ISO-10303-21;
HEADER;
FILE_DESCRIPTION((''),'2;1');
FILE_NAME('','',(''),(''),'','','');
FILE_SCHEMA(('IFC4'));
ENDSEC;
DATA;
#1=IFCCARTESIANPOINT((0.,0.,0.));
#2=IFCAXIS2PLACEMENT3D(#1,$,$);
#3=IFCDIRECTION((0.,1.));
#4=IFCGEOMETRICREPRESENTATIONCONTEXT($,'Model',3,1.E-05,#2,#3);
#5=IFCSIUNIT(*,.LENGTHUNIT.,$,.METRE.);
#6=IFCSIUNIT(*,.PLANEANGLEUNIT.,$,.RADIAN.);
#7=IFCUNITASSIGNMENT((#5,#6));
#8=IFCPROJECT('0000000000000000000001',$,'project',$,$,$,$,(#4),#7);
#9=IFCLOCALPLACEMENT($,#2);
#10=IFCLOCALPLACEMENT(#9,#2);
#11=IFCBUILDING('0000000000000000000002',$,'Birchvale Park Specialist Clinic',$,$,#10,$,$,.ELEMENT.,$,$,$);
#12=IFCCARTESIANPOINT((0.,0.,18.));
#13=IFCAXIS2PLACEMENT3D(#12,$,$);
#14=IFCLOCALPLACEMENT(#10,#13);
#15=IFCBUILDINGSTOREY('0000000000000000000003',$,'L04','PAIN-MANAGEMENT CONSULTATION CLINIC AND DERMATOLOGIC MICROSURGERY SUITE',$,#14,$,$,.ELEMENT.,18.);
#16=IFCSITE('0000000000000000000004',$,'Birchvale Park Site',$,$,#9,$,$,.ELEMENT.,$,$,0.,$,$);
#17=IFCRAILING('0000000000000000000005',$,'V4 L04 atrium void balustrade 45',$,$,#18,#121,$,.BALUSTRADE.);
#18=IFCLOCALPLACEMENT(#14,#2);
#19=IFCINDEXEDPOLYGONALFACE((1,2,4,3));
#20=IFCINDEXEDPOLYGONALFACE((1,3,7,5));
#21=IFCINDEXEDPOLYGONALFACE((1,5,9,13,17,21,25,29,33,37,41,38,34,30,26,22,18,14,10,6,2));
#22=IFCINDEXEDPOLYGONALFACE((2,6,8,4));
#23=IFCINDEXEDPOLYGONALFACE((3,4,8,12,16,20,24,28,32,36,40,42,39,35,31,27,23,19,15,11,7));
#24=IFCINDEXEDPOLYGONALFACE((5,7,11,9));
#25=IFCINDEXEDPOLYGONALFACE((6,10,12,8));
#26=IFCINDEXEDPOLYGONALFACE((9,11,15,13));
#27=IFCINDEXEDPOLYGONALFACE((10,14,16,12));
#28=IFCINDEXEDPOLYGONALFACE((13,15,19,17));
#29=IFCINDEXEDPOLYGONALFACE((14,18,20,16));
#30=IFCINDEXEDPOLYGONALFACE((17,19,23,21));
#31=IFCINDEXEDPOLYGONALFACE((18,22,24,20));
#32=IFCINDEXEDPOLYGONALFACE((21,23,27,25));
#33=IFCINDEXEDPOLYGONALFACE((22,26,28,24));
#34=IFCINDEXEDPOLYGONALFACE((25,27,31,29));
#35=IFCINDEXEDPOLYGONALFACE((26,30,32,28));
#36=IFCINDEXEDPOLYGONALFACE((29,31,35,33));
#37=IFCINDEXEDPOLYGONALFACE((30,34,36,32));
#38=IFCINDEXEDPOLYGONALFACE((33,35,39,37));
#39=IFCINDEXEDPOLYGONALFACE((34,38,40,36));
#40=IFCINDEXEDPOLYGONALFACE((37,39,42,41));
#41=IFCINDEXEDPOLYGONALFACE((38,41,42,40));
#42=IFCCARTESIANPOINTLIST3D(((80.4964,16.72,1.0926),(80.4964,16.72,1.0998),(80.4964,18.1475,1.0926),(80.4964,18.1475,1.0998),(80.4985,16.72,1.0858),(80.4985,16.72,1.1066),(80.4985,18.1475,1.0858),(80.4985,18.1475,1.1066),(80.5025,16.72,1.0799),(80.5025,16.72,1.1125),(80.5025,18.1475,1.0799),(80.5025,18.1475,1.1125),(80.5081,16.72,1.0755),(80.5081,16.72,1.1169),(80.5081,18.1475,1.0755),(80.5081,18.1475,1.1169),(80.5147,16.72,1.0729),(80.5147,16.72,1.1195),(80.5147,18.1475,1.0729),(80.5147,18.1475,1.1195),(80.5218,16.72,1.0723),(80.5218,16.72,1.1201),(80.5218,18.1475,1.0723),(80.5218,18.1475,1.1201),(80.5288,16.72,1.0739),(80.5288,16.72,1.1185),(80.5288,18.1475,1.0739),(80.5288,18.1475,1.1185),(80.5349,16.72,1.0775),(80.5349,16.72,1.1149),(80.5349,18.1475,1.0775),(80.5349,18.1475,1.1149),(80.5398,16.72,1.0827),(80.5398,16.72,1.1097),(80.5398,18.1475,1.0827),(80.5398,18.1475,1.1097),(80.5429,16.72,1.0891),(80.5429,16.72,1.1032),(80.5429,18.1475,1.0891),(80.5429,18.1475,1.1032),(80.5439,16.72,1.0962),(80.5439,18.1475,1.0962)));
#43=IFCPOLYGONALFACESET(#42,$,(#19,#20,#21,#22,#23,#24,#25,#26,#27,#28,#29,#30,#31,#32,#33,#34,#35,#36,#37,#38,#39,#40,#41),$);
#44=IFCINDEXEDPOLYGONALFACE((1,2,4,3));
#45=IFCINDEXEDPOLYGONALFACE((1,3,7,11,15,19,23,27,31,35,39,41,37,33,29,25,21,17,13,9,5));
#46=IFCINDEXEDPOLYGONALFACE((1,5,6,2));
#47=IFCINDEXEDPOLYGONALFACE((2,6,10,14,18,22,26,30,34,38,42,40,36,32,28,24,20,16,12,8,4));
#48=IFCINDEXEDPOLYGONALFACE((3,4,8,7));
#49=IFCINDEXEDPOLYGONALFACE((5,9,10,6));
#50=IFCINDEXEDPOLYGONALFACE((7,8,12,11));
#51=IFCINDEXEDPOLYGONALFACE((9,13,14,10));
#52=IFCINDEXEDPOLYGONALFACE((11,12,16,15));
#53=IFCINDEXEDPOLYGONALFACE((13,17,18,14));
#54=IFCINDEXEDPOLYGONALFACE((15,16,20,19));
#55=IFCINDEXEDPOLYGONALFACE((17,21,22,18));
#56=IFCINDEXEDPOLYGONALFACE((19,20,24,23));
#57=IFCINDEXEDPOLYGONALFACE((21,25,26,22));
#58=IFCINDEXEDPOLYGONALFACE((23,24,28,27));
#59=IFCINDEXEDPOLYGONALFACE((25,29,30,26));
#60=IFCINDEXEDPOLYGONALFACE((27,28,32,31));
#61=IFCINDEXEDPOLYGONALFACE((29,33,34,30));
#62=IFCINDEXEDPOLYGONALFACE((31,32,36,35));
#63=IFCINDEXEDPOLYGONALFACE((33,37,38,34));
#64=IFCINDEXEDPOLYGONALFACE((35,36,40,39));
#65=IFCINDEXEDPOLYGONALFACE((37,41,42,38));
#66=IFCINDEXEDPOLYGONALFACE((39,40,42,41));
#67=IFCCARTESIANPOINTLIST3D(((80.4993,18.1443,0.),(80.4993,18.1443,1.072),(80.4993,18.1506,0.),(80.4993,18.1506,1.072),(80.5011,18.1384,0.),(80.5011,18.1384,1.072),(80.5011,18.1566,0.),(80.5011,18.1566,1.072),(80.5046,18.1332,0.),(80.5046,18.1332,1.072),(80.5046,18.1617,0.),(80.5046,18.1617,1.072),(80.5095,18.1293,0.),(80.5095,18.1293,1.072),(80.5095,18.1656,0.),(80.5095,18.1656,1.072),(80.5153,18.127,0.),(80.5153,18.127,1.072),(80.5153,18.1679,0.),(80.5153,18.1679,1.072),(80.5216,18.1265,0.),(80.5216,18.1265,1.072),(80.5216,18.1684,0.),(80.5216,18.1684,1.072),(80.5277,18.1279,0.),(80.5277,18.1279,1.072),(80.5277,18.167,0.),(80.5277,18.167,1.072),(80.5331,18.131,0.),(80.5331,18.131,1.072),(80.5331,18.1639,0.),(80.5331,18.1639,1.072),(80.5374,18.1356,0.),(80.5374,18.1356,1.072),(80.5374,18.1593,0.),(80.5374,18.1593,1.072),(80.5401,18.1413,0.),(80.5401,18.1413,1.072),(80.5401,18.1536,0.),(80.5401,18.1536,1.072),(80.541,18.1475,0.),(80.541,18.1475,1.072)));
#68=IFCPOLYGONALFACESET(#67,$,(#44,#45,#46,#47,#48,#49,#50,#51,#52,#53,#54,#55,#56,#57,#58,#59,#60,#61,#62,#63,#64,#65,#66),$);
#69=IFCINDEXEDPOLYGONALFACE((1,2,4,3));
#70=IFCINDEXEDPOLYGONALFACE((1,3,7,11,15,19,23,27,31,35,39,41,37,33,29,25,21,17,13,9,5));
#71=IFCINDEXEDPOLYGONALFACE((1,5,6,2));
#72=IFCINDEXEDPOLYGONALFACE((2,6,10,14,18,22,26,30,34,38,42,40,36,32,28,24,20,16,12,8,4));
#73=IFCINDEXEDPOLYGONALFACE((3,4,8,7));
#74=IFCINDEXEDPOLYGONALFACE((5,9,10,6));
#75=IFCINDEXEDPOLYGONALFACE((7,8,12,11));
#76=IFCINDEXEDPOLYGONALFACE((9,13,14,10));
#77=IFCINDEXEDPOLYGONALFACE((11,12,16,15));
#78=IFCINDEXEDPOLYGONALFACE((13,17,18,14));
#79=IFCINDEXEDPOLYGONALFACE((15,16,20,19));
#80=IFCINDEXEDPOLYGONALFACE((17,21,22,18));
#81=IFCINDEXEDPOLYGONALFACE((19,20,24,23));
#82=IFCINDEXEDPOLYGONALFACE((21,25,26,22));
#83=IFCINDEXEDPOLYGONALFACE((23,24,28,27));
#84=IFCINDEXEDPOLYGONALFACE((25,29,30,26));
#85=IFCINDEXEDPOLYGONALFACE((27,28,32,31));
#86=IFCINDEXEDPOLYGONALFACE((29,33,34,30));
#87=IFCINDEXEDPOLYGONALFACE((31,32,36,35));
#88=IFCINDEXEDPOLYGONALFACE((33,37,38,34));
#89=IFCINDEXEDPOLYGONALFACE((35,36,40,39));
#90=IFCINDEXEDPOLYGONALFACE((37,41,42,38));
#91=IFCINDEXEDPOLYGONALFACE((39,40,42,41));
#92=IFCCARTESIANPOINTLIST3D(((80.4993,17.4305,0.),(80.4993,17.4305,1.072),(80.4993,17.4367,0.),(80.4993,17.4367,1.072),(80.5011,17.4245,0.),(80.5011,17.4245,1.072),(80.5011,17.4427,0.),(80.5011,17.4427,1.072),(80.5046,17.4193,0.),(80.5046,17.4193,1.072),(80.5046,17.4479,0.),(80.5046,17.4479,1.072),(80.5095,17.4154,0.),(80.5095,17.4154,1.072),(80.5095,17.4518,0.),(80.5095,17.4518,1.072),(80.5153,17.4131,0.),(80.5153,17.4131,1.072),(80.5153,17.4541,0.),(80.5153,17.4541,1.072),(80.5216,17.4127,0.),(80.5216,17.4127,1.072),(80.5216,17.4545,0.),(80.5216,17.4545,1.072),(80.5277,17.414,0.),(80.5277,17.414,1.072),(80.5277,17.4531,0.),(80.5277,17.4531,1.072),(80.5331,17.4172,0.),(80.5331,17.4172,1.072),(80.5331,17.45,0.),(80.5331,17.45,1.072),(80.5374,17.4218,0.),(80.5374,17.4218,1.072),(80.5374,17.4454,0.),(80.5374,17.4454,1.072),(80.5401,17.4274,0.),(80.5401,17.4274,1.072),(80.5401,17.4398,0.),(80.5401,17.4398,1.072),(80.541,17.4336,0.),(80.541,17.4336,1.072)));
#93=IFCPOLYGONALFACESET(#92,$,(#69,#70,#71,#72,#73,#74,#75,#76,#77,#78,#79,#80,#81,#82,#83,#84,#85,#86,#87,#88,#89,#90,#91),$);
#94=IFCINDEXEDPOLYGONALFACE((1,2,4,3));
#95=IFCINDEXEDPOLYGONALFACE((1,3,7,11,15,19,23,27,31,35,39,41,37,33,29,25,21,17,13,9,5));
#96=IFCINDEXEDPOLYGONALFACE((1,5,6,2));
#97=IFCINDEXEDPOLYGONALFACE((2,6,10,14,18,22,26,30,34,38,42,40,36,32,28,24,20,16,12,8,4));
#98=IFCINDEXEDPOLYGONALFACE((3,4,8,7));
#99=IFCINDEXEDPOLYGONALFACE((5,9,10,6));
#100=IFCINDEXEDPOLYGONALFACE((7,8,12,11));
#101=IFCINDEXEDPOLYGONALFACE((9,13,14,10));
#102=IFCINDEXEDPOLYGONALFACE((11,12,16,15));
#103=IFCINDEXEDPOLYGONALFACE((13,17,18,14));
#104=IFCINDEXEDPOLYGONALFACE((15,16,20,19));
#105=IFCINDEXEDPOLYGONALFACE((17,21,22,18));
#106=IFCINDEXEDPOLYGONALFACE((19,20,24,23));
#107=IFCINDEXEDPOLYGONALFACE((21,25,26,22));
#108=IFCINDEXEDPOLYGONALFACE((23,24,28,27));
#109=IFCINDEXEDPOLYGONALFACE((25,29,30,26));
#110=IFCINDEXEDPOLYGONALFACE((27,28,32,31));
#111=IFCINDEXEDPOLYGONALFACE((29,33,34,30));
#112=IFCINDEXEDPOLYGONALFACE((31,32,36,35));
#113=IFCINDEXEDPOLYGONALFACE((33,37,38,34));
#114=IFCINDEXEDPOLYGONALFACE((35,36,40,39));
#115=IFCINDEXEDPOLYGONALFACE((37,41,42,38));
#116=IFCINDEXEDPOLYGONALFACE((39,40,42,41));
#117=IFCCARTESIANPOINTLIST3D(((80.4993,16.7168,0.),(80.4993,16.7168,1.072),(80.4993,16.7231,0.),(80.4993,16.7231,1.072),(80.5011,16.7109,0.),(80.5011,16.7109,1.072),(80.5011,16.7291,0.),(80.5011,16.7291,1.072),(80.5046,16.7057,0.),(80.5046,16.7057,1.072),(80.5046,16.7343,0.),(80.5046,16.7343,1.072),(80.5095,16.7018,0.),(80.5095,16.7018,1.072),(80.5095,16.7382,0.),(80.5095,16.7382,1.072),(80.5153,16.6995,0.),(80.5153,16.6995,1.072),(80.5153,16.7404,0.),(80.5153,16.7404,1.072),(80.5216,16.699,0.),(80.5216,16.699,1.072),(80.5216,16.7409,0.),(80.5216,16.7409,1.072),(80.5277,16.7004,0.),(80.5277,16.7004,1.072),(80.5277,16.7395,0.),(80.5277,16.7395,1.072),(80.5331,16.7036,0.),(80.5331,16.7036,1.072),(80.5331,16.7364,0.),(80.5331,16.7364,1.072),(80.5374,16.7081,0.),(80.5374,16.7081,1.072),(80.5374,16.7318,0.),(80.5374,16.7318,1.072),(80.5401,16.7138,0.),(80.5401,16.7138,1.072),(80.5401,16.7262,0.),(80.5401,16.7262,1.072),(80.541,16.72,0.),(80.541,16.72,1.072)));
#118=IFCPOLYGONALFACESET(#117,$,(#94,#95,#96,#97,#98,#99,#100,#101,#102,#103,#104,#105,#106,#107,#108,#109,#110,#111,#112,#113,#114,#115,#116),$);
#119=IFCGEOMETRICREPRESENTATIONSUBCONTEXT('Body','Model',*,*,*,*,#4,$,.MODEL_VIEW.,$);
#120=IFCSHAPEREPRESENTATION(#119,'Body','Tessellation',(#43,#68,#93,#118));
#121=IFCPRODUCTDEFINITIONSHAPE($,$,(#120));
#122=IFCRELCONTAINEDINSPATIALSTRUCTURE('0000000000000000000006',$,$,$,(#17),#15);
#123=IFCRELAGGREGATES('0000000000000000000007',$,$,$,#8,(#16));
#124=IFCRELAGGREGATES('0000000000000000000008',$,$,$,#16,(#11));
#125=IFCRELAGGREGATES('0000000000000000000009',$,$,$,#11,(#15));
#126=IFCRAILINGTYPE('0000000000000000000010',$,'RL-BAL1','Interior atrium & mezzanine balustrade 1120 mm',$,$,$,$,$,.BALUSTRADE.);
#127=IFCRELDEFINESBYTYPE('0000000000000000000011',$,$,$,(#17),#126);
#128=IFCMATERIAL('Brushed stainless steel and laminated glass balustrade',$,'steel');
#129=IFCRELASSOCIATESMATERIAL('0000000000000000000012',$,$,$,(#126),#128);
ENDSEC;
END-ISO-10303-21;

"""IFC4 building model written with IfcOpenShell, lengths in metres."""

from ifc_helpers import new_model, si_unit, direction, frame, origin, origin_2d, place, context, subcontext, project, spatial, circle, extrude, material, type_object, element, save


model = new_model("IFC4")

# Units and contexts
model_context = context("Model", 3, precision=1e-05, world=origin(), true_north=direction((0.0, 1.0)))
body_context = subcontext(model_context, "Body", "Model", "MODEL_VIEW")
ifc_project = project(units=[si_unit("LENGTHUNIT", "METRE"), si_unit("PLANEANGLEUNIT", "RADIAN")], contexts=[model_context])

# Site, building, storey
site_placement = place(None, origin())
site = spatial("IfcSite", under=ifc_project, at=site_placement, Name="Birchvale Park Site", CompositionType="ELEMENT", RefElevation=0.0)
building_placement = place(site_placement, origin())
building = spatial("IfcBuilding", under=site, at=building_placement, Name="Birchvale Park Specialist Clinic", CompositionType="ELEMENT")
storey_placement = place(building_placement, frame((0.0, 0.0, 18.0)))
storey = spatial("IfcBuildingStorey", under=building, at=storey_placement, Name="L04", Description="PAIN-MANAGEMENT CONSULTATION CLINIC AND DERMATOLOGIC MICROSURGERY SUITE", CompositionType="ELEMENT", Elevation=18.0)

# Railing
ifc_material_1 = material(Name="Brushed stainless steel and laminated glass balustrade", Category="steel")
railing_type = type_object("IfcRailingType", Name="RL-BAL1", Description="Interior atrium & mezzanine balustrade 1120 mm", PredefinedType="BALUSTRADE", material=ifc_material_1)
railing_1_placement = place(storey_placement, frame((80.52, 18.1475, 0.0)))
element("IfcRailing", 1, at=railing_1_placement, inside=storey, type_object=railing_type, Name="V4 L04 atrium void balustrade 45", PredefinedType="BALUSTRADE", context=body_context, shape_type="SweptSolid", body=[
    extrude(circle(Radius=0.0239, at=origin_2d()), frame((0.0, 0.0, 1.0962), z_axis=(0.0, -1.0, 0.0), x_axis=(1.0, 0.0, 0.0)), (0.0, 0.0, 1.0), 1.4275),
    extrude(circle(Radius=0.021, at=origin_2d()), origin(), (0.0, 0.0, 1.0), 1.072),
    extrude(circle(Radius=0.021, at=origin_2d()), frame((0.0, -0.7139, 0.0)), (0.0, 0.0, 1.0), 1.072),
    extrude(circle(Radius=0.021, at=origin_2d()), frame((0.0, -1.4275, 0.0)), (0.0, 0.0, 1.0), 1.072),
])

save(model, "model.ifc")
